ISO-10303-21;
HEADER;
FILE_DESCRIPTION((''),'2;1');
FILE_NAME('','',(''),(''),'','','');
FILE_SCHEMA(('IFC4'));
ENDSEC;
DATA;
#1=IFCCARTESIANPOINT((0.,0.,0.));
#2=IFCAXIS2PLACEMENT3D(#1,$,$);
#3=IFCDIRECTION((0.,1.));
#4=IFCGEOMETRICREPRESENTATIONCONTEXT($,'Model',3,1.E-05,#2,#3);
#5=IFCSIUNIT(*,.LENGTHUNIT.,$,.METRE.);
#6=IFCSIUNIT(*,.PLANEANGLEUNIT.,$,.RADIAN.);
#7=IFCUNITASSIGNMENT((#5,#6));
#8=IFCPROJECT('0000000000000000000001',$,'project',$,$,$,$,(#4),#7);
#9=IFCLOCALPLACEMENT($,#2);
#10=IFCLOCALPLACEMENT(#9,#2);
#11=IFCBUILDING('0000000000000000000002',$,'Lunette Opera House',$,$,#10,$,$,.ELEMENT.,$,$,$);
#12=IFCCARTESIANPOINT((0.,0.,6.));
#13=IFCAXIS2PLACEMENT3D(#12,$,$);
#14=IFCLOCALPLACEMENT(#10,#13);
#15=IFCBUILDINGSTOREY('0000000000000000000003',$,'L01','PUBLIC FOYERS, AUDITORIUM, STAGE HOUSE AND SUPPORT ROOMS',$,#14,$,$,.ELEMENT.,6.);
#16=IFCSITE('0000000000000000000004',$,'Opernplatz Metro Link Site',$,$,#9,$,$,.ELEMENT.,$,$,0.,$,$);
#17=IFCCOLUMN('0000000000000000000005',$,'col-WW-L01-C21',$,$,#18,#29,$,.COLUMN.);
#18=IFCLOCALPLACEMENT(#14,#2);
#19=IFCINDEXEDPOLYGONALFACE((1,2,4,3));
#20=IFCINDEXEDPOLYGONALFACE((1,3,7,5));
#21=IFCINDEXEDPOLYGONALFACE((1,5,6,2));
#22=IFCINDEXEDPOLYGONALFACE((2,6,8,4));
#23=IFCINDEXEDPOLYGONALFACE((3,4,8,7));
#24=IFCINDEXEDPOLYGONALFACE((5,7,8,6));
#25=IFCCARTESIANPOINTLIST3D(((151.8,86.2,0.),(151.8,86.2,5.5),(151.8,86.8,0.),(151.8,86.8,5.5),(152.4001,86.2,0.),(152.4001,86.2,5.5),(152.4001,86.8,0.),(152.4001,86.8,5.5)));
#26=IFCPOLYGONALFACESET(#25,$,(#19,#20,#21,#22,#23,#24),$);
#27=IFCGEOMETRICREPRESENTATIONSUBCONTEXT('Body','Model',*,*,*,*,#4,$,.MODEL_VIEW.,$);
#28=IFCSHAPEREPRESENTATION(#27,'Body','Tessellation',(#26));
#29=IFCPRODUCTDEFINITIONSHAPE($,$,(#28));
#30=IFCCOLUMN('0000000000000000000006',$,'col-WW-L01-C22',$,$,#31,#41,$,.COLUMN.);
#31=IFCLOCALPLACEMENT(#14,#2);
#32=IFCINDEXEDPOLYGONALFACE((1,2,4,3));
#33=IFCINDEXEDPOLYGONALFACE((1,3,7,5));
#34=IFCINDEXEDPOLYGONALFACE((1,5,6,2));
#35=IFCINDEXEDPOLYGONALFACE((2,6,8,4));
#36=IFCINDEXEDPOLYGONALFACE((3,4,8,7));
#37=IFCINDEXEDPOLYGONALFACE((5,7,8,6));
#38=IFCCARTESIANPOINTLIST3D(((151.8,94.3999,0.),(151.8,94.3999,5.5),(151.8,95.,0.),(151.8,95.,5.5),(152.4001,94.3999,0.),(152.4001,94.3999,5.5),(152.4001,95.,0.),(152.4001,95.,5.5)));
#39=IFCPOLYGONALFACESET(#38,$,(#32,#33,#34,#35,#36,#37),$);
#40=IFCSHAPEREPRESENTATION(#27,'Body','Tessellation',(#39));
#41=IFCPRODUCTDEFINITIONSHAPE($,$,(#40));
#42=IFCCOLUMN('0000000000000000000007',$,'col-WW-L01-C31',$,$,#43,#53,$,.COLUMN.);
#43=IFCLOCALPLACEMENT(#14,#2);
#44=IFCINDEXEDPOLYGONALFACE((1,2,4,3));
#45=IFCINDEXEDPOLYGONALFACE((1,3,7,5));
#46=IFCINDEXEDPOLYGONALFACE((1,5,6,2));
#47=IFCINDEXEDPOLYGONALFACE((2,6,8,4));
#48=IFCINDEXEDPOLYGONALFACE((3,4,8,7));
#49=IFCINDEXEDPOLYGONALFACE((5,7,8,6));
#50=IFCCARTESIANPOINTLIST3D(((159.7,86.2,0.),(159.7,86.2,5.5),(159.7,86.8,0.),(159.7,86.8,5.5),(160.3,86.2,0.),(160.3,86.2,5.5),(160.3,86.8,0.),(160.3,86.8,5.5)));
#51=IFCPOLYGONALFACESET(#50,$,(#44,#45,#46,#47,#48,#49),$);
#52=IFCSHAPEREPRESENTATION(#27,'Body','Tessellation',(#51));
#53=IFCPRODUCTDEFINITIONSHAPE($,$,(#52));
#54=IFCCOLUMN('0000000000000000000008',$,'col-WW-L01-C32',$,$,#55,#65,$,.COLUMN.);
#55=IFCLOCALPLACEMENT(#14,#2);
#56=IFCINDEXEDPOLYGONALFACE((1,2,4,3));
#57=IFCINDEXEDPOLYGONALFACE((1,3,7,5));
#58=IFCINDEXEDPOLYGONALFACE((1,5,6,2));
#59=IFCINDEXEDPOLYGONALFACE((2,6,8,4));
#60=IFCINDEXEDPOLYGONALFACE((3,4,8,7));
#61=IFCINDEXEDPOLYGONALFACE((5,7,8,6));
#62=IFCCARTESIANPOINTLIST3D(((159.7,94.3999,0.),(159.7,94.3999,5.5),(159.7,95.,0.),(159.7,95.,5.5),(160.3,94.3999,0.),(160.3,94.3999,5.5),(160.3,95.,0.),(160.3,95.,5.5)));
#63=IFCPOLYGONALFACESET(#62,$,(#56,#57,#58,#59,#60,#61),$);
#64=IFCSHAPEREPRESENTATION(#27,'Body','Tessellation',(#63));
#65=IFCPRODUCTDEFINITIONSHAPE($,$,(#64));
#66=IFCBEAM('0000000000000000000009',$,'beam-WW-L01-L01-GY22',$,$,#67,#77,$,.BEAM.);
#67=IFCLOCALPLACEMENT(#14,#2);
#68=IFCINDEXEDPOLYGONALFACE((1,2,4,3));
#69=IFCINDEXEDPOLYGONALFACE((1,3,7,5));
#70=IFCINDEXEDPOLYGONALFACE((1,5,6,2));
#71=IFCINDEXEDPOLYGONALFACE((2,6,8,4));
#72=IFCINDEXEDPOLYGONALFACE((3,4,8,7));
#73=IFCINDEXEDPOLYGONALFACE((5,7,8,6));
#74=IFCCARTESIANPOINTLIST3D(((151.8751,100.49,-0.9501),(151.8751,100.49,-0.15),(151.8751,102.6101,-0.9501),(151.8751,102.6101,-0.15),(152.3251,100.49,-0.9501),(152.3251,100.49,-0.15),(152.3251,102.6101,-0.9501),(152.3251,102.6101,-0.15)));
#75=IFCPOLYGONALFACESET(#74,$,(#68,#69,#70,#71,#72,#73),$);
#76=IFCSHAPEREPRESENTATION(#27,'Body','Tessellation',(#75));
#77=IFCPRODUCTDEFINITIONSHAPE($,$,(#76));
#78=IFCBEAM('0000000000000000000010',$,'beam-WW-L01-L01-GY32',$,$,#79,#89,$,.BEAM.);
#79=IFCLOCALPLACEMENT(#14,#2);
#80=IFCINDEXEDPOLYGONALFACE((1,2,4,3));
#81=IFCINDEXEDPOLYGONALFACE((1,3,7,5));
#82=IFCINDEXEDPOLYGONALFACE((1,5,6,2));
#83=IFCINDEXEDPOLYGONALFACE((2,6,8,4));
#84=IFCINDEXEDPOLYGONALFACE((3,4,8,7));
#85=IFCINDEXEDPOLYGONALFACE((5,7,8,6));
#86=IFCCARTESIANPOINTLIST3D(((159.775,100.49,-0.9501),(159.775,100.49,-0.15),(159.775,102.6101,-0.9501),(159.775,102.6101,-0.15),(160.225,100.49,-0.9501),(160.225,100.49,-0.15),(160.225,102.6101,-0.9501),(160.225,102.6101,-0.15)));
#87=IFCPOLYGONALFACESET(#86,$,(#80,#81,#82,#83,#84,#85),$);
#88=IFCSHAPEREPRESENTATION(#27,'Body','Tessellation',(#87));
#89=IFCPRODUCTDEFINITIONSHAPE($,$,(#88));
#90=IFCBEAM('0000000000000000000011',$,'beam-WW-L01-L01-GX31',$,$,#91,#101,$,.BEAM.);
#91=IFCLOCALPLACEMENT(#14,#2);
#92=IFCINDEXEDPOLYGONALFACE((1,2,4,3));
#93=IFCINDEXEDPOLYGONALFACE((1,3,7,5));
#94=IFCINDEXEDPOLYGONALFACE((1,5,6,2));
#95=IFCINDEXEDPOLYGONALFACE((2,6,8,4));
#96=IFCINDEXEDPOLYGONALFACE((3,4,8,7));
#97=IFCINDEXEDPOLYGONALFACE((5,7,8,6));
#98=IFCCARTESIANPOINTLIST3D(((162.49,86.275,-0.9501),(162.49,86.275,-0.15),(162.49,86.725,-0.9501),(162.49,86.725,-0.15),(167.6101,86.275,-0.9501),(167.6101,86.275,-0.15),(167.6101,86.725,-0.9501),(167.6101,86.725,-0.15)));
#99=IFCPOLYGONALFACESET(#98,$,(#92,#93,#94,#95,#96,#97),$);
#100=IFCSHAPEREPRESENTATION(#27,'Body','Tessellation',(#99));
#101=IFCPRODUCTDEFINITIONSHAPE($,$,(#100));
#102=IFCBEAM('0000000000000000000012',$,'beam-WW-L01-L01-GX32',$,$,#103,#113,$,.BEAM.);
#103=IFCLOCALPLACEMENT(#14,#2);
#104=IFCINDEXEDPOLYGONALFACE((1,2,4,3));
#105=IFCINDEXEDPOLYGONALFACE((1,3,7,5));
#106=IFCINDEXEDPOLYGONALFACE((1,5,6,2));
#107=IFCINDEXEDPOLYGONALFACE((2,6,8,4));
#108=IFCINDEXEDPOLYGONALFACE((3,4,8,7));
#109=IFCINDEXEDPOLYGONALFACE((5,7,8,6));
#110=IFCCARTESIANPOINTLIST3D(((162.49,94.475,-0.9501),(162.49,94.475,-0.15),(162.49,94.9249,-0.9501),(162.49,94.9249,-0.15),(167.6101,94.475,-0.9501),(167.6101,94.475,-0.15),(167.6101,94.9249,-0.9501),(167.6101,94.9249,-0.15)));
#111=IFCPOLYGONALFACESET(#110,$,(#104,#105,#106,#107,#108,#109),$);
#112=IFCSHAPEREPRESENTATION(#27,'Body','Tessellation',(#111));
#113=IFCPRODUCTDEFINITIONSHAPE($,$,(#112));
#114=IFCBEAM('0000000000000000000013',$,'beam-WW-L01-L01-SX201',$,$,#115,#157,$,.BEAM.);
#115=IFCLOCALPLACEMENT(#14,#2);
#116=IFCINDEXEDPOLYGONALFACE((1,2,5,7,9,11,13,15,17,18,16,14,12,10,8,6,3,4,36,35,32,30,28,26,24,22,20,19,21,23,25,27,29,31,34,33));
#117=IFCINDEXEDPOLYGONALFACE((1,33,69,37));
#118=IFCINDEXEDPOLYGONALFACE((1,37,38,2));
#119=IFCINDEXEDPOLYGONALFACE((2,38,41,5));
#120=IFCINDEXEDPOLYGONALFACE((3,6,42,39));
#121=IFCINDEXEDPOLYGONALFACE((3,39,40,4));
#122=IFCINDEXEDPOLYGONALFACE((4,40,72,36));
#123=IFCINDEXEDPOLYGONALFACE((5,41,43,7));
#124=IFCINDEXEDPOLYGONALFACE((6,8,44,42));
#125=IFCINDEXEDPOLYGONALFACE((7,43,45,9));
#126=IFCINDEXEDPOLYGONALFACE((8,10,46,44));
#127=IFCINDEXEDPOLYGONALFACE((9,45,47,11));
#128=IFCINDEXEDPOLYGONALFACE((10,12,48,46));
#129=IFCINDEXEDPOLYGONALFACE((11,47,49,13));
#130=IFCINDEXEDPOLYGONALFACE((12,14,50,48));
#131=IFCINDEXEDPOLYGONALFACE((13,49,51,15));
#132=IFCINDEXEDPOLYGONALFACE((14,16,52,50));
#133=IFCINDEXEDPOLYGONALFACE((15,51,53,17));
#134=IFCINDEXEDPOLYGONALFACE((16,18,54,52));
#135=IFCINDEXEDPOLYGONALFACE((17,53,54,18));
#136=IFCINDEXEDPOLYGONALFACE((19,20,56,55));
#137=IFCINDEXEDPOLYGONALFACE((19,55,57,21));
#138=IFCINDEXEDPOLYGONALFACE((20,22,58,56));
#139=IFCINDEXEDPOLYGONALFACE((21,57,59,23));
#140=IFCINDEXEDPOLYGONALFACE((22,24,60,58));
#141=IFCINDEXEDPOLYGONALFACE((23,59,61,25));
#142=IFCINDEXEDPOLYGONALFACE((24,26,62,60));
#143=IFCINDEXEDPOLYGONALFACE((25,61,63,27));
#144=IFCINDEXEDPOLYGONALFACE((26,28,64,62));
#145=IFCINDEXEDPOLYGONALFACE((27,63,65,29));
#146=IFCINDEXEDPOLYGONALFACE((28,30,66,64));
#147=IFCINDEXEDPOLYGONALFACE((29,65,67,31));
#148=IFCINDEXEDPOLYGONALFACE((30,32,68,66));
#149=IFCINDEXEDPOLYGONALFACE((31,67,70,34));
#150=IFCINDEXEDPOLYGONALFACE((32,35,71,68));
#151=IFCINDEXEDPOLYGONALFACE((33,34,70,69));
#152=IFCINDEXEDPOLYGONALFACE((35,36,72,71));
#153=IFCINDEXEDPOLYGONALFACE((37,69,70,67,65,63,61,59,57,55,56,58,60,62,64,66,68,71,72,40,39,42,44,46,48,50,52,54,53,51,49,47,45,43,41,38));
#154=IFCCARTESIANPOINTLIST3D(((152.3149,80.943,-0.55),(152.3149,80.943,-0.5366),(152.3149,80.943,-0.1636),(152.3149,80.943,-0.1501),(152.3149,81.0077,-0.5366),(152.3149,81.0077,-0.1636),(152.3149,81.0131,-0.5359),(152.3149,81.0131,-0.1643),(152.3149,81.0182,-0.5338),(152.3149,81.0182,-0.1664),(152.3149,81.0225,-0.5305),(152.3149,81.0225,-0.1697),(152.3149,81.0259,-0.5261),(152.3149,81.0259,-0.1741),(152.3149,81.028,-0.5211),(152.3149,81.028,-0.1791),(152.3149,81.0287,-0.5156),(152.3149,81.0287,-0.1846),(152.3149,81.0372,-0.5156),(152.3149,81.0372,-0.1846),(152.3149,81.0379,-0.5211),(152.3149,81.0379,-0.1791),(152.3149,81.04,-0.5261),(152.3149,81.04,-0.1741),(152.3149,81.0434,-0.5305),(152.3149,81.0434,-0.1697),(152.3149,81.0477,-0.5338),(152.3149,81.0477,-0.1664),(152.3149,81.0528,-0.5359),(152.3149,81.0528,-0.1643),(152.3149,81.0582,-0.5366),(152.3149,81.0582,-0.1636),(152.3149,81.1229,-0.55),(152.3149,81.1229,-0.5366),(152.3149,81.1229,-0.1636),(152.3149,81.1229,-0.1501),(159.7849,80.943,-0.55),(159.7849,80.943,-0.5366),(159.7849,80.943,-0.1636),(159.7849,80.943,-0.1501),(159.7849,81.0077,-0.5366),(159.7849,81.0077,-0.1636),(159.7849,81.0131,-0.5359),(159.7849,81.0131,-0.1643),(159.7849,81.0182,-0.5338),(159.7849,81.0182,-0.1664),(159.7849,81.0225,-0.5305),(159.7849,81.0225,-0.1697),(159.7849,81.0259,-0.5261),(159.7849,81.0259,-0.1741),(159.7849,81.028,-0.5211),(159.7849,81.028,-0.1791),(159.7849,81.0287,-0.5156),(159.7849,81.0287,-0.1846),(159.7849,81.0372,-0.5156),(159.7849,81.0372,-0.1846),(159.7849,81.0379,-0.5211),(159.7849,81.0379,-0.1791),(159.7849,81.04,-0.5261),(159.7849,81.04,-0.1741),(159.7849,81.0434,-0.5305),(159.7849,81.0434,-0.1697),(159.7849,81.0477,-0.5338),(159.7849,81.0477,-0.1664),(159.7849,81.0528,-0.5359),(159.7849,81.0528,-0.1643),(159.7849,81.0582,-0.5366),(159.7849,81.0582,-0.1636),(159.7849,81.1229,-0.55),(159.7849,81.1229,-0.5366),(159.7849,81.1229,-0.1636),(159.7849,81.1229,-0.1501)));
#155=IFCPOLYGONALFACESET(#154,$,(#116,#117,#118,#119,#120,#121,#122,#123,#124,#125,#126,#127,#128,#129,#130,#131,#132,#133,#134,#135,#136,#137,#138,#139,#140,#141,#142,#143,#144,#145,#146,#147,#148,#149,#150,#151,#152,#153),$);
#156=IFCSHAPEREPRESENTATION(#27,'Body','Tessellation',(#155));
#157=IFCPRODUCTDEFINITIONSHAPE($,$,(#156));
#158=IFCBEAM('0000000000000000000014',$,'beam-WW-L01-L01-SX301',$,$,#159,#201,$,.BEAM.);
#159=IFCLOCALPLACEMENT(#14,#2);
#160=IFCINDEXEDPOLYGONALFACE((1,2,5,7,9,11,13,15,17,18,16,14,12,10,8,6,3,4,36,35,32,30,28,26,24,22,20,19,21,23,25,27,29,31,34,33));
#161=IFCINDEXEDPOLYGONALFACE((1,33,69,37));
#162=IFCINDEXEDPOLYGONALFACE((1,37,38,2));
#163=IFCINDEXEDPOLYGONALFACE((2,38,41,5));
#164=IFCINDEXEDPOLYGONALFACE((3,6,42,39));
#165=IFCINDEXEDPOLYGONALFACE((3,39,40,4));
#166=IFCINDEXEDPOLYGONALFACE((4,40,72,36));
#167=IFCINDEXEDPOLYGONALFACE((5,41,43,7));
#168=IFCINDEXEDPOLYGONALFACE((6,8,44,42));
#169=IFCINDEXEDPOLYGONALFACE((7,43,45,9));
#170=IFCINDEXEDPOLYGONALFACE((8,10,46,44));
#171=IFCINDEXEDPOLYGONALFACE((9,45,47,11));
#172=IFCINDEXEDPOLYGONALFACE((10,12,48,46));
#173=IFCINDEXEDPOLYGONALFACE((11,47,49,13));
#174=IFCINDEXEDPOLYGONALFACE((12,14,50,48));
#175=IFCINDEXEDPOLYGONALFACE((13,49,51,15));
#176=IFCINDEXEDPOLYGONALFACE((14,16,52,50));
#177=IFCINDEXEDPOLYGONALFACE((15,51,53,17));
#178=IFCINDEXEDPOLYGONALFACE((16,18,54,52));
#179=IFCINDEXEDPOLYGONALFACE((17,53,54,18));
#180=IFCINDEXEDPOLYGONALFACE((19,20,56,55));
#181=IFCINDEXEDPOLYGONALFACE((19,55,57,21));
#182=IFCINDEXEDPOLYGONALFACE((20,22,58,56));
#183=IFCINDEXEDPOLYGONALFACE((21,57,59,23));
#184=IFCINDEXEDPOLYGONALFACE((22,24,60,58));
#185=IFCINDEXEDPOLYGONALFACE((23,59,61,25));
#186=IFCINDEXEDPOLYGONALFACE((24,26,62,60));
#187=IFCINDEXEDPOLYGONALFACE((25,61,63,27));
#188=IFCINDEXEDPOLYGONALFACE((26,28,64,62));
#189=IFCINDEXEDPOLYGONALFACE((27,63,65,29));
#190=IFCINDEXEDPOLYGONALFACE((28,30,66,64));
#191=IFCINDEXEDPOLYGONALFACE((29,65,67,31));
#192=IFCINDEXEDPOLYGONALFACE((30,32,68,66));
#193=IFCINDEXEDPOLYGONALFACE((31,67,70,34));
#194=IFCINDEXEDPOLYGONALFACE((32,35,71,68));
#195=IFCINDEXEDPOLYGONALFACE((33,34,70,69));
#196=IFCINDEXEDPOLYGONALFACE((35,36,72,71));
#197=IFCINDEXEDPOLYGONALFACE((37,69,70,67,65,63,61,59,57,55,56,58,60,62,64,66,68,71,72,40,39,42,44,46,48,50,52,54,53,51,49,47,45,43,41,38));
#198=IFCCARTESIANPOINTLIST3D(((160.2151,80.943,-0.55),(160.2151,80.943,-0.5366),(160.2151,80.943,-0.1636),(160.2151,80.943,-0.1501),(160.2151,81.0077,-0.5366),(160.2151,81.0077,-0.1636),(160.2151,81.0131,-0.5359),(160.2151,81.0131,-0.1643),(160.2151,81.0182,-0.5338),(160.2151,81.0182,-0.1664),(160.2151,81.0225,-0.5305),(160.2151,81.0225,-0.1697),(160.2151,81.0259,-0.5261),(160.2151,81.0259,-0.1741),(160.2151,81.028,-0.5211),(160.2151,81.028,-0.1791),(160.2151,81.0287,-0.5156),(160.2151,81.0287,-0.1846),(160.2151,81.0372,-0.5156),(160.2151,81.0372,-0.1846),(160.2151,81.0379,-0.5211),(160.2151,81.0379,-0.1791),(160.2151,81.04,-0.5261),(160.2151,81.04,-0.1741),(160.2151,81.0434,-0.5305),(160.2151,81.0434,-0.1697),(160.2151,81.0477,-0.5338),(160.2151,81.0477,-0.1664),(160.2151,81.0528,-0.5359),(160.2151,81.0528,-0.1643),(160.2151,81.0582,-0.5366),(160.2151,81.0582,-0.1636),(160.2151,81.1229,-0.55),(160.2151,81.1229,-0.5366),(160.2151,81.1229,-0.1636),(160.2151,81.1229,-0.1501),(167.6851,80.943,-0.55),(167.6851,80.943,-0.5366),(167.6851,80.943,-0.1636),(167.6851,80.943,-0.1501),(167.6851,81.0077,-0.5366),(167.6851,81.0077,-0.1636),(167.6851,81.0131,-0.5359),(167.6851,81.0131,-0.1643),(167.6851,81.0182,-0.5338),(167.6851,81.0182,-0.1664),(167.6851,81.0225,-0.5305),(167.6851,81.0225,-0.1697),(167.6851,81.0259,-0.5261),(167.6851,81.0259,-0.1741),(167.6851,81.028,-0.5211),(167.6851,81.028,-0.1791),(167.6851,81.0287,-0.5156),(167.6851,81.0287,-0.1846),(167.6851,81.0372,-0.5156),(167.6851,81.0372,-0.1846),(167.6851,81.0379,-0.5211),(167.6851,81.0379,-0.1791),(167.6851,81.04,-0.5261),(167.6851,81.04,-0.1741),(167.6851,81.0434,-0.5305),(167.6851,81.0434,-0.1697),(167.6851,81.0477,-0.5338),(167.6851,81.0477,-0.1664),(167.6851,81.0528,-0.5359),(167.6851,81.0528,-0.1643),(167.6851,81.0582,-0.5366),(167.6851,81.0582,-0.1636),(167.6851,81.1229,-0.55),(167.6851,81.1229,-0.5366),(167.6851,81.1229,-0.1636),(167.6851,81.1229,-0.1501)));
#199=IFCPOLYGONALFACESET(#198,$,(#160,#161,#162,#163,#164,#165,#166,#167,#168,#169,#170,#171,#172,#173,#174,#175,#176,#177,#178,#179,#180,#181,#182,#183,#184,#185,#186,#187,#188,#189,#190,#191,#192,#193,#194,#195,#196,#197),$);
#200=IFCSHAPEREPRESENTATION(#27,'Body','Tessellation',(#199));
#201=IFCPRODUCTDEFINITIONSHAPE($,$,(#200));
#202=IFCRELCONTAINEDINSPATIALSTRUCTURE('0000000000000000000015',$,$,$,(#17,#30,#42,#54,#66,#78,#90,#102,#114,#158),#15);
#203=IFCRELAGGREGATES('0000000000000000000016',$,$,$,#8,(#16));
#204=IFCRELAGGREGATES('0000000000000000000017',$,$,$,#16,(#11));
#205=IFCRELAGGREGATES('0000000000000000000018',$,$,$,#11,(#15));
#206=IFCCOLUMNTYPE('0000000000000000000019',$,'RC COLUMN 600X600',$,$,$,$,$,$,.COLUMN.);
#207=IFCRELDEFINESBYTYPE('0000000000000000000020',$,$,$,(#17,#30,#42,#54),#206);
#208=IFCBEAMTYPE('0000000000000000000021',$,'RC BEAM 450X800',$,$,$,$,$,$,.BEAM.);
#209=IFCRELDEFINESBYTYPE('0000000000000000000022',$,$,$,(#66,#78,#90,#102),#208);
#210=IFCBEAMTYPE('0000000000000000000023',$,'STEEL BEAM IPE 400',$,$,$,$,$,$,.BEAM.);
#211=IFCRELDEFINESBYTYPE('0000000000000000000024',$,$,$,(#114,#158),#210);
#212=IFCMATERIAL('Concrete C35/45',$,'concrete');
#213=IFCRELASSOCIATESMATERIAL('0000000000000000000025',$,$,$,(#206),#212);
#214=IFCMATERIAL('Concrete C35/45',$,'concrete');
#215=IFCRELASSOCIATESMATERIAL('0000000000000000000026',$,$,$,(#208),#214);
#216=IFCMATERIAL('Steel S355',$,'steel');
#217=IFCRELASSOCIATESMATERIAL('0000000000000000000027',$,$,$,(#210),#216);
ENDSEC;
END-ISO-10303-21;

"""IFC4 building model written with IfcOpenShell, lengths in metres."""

from ifc_helpers import new_model, si_unit, direction, frame, origin, origin_2d, place, context, subcontext, project, spatial, rectangle, i_section, extrude, material, material_profile, profile_set, type_object, element, save


model = new_model("IFC4")

# Units and contexts
model_context = context("Model", 3, precision=1e-05, world=origin(), true_north=direction((0.0, 1.0)))
body_context = subcontext(model_context, "Body", "Model", "MODEL_VIEW")
ifc_project = project(units=[si_unit("LENGTHUNIT", "METRE"), si_unit("PLANEANGLEUNIT", "RADIAN")], contexts=[model_context])

# Site, building, storey
site_placement = place(None, origin())
site = spatial("IfcSite", under=ifc_project, at=site_placement, Name="Opernplatz Metro Link Site", CompositionType="ELEMENT", RefElevation=0.0)
building_placement = place(site_placement, origin())
building = spatial("IfcBuilding", under=site, at=building_placement, Name="Lunette Opera House", CompositionType="ELEMENT")
storey_placement = place(building_placement, frame((0.0, 0.0, 6.0)))
storey = spatial("IfcBuildingStorey", under=building, at=storey_placement, Name="L01", Description="PUBLIC FOYERS, AUDITORIUM, STAGE HOUSE AND SUPPORT ROOMS", CompositionType="ELEMENT", Elevation=6.0)

# Columns
ifc_material_1 = material(Name="Concrete C35/45", Category="concrete")
ifc_material_profile_1 = material_profile(ifc_material_1, rectangle(XDim=0.6001, YDim=0.6001, at=origin_2d()), Name="RC COLUMN 600X600")
ifc_profile_set_1 = profile_set([ifc_material_profile_1], Name="Concrete C35/45")
column_type = type_object("IfcColumnType", Name="RC COLUMN 600X600", PredefinedType="COLUMN", material=ifc_profile_set_1)
for number, where, z_axis, x_axis, name in (
    (1, (152.1001, 86.5, 0.0), (0.0, 0.0, 1.0), (1.0, 0.0, 0.0), "col-WW-L01-C21"),
    (2, (152.1001, 94.7, 0.0), (0.0, 0.0, 1.0), (1.0, 0.0, 0.0), "col-WW-L01-C22"),
    (3, (160.0, 86.5, 0.0), (0.0, 0.0, 1.0), (1.0, 0.0, 0.0), "col-WW-L01-C31"),
    (4, (160.0, 94.7, 0.0), (0.0, 0.0, 1.0), (1.0, 0.0, 0.0), "col-WW-L01-C32"),
):
    element("IfcColumn", number, at=place(storey_placement, frame(where, z_axis=z_axis, x_axis=x_axis)), inside=storey, type_object=column_type, Name=name, PredefinedType="COLUMN", context=body_context, shape_type="SweptSolid", body=[
        extrude(rectangle(XDim=0.6001, YDim=0.6001, at=origin_2d()), origin(), (0.0, 0.0, 1.0), 5.5),
    ])

# Beams
ifc_material_2 = material(Name="Concrete C35/45", Category="concrete")
ifc_material_profile_2 = material_profile(ifc_material_2, rectangle(XDim=0.45, YDim=0.8, at=origin_2d()), Name="RC BEAM 450X800")
ifc_profile_set_2 = profile_set([ifc_material_profile_2], Name="Concrete C35/45")
beam_type_1 = type_object("IfcBeamType", Name="RC BEAM 450X800", PredefinedType="BEAM", material=ifc_profile_set_2)
for number, where, z_axis, x_axis, name in (
    (5, (152.1001, 100.49, -0.55), (0.0, 1.0, 0.0), (-1.0, 0.0, 0.0), "beam-WW-L01-L01-GY22"),
    (6, (160.0, 100.49, -0.55), (0.0, 1.0, 0.0), (-1.0, 0.0, 0.0), "beam-WW-L01-L01-GY32"),
):
    element("IfcBeam", number, at=place(storey_placement, frame(where, z_axis=z_axis, x_axis=x_axis)), inside=storey, type_object=beam_type_1, Name=name, PredefinedType="BEAM", context=body_context, shape_type="SweptSolid", body=[
        extrude(rectangle(XDim=0.45, YDim=0.8, at=origin_2d()), origin(), (0.0, 0.0, 1.0), 2.1201),
    ])
for number, where, z_axis, x_axis, name in (
    (7, (162.49, 86.5, -0.55), (1.0, 0.0, 0.0), (0.0, 1.0, 0.0), "beam-WW-L01-L01-GX31"),
    (8, (162.49, 94.7, -0.55), (1.0, 0.0, 0.0), (0.0, 1.0, 0.0), "beam-WW-L01-L01-GX32"),
):
    element("IfcBeam", number, at=place(storey_placement, frame(where, z_axis=z_axis, x_axis=x_axis)), inside=storey, type_object=beam_type_1, Name=name, PredefinedType="BEAM", context=body_context, shape_type="SweptSolid", body=[
        extrude(rectangle(XDim=0.45, YDim=0.8, at=origin_2d()), origin(), (0.0, 0.0, 1.0), 5.1201),
    ])
ifc_material_3 = material(Name="Steel S355", Category="steel")
ifc_material_profile_3 = material_profile(ifc_material_3, i_section(OverallWidth=0.1799, OverallDepth=0.3999, WebThickness=0.0085, FlangeThickness=0.0134, FilletRadius=0.021, at=origin_2d()), Name="IPE 400")
ifc_profile_set_3 = profile_set([ifc_material_profile_3], Name="Steel S355")
beam_type_2 = type_object("IfcBeamType", Name="STEEL BEAM IPE 400", PredefinedType="BEAM", material=ifc_profile_set_3)
for number, where, z_axis, x_axis, name in (
    (9, (152.3149, 81.033, -0.3501), (1.0, 0.0, 0.0), (0.0, 1.0, 0.0), "beam-WW-L01-L01-SX201"),
    (10, (160.2151, 81.033, -0.3501), (1.0, 0.0, 0.0), (0.0, 1.0, 0.0), "beam-WW-L01-L01-SX301"),
):
    element("IfcBeam", number, at=place(storey_placement, frame(where, z_axis=z_axis, x_axis=x_axis)), inside=storey, type_object=beam_type_2, Name=name, PredefinedType="BEAM", context=body_context, shape_type="SweptSolid", body=[
        extrude(i_section(OverallWidth=0.1799, OverallDepth=0.3999, WebThickness=0.0085, FlangeThickness=0.0134, FilletRadius=0.021, at=origin_2d()), origin(), (0.0, 0.0, 1.0), 7.47),
    ])

save(model, "model.ifc")
